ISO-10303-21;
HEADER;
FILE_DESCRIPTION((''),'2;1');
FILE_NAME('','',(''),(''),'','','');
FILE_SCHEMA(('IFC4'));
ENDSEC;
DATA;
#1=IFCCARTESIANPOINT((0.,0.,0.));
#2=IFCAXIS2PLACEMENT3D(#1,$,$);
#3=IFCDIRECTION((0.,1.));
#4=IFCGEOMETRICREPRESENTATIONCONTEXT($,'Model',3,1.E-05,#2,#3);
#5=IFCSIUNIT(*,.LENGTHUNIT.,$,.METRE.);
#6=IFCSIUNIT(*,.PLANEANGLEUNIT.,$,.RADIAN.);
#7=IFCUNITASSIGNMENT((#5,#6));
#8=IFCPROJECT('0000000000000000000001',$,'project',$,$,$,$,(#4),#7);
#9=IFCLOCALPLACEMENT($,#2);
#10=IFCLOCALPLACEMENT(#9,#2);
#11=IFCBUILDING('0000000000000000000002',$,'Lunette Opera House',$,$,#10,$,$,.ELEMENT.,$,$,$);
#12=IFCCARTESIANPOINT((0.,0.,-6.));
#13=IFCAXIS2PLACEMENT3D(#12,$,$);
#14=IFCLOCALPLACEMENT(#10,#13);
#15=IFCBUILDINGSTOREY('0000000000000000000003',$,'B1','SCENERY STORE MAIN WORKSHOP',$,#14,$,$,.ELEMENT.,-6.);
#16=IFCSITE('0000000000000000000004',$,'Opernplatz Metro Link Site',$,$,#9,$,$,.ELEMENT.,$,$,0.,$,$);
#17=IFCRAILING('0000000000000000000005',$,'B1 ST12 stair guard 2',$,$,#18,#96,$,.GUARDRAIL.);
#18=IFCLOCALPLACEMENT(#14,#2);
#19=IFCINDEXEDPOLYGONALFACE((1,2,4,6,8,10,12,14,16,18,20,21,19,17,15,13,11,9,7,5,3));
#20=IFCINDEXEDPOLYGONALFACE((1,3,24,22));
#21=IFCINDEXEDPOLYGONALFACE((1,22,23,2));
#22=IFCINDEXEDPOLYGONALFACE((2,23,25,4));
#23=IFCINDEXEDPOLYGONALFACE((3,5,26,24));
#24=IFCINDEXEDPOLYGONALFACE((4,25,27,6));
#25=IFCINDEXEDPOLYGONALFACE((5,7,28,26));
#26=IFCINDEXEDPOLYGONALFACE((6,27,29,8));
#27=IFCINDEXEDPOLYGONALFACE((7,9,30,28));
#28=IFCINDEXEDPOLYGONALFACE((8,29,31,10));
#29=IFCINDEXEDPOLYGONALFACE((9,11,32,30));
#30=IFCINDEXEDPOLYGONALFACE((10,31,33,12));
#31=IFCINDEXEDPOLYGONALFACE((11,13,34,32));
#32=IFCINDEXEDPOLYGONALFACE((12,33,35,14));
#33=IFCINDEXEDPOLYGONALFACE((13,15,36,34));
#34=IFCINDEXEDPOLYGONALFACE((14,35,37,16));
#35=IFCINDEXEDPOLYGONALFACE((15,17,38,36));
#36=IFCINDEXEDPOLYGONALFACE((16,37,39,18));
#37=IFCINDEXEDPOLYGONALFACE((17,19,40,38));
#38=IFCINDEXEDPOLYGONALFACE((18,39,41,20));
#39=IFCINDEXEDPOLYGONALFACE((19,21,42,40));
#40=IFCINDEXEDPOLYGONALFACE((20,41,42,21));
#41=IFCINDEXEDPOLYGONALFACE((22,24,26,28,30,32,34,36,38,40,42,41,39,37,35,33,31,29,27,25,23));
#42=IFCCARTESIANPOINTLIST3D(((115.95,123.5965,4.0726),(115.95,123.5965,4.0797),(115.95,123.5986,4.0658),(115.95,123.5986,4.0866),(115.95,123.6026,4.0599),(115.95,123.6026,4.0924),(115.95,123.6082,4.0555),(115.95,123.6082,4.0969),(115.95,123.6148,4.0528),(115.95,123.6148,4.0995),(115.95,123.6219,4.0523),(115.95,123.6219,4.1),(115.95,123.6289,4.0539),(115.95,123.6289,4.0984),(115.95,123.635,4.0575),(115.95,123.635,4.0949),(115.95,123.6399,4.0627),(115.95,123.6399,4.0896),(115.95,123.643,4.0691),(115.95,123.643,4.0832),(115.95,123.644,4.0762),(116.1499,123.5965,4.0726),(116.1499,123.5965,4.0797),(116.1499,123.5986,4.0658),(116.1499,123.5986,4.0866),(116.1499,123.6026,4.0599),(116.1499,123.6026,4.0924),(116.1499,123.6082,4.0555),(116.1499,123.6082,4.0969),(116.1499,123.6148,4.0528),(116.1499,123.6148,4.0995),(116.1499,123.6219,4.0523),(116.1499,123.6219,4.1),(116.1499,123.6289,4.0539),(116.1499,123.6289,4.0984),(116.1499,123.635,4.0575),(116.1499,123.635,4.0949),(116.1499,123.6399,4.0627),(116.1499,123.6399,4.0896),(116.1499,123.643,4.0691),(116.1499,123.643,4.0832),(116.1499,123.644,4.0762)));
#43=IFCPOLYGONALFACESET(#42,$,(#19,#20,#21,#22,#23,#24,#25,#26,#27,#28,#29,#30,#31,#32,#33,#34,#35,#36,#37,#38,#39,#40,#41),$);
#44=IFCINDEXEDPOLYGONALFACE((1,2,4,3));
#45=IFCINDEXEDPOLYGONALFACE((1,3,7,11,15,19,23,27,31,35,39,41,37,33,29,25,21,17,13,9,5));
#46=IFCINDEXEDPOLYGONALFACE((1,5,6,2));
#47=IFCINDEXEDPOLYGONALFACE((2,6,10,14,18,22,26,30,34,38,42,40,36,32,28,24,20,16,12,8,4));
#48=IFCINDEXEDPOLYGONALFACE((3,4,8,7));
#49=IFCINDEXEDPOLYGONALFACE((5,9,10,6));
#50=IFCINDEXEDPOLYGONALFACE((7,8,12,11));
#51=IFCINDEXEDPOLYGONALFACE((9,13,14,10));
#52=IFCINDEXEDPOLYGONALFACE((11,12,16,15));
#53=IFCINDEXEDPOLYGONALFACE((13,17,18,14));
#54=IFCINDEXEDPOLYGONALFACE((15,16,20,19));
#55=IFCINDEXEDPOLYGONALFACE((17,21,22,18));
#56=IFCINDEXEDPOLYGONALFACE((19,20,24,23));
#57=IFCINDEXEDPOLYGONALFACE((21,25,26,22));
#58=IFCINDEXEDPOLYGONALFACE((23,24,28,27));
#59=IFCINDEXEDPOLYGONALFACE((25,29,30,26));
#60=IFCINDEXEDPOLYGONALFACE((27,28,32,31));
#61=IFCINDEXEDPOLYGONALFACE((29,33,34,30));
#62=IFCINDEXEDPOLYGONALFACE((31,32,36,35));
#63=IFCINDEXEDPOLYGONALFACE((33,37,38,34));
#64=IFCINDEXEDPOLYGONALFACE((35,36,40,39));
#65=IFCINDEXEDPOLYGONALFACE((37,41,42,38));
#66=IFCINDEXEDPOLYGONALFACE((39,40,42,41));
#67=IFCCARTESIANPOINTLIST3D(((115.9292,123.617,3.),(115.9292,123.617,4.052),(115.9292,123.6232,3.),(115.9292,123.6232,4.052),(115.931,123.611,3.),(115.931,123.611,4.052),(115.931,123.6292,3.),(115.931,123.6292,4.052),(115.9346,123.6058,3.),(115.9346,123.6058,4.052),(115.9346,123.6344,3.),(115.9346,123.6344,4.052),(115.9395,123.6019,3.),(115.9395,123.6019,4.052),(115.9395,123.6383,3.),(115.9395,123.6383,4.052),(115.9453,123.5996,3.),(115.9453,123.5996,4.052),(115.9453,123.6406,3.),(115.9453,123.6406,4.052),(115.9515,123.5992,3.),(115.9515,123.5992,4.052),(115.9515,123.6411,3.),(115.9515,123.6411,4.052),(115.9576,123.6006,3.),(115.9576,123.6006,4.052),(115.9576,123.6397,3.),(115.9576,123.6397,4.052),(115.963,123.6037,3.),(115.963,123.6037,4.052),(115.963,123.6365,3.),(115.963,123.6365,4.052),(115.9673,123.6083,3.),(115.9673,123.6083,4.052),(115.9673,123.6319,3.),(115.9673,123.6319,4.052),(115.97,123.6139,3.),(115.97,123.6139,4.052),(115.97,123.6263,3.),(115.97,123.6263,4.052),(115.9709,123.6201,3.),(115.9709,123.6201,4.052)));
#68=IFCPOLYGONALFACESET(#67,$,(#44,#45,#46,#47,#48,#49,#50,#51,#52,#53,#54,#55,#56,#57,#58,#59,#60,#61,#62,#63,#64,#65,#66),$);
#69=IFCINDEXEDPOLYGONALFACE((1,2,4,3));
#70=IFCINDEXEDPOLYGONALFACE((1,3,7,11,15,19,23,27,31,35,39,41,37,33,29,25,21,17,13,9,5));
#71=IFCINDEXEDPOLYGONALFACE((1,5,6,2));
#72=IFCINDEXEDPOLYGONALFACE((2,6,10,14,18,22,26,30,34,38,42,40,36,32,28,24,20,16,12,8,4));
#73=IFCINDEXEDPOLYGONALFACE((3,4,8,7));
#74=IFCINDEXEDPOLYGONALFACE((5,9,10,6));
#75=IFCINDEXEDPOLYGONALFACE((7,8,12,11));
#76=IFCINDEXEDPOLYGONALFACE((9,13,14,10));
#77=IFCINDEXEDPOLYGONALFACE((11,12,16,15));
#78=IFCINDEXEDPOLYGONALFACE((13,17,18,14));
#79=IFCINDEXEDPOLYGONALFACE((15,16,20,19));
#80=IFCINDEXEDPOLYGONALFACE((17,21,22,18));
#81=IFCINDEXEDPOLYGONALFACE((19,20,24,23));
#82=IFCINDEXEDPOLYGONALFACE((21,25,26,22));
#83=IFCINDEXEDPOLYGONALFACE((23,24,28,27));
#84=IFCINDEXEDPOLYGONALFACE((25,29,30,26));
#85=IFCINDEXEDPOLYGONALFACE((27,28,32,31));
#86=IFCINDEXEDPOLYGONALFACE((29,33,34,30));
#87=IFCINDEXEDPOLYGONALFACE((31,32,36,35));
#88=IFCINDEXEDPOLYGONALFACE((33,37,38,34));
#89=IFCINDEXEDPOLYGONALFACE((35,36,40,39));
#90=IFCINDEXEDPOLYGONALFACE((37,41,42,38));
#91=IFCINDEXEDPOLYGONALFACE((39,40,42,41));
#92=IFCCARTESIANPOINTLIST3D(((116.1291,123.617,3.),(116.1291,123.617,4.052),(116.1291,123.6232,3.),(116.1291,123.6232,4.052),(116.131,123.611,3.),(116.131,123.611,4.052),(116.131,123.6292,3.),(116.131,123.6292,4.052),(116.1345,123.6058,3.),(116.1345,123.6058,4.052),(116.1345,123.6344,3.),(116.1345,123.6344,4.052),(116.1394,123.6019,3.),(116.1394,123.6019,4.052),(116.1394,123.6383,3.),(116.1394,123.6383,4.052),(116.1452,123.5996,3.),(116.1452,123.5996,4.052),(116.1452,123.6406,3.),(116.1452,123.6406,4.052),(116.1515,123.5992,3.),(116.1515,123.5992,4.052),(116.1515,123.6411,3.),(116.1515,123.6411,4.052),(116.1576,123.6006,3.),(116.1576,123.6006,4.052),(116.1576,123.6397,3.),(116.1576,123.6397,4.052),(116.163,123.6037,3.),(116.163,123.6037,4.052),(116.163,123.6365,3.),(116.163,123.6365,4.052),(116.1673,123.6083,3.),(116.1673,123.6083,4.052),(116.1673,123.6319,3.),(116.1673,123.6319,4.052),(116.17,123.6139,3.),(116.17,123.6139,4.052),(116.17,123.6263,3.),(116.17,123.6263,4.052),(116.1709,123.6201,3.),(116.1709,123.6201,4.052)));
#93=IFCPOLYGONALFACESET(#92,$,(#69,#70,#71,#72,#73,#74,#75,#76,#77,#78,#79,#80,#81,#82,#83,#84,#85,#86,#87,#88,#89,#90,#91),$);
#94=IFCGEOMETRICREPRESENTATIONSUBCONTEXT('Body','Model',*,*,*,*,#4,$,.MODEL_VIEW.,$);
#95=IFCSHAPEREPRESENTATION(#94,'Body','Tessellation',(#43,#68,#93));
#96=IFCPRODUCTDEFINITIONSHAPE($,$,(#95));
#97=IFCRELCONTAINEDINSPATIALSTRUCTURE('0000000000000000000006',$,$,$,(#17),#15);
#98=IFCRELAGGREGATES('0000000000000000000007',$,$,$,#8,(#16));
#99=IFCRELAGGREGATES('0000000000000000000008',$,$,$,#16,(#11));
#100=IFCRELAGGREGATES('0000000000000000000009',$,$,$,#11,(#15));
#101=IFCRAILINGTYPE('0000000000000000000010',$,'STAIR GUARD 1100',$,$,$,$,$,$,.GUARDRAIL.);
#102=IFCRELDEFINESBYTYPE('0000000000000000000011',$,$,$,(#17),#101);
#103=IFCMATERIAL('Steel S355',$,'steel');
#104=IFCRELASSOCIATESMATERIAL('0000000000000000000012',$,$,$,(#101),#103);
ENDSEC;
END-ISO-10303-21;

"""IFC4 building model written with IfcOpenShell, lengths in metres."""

from ifc_helpers import new_model, si_unit, direction, frame, origin, origin_2d, place, context, subcontext, project, spatial, circle, extrude, material, type_object, element, save


model = new_model("IFC4")

# Units and contexts
model_context = context("Model", 3, precision=1e-05, world=origin(), true_north=direction((0.0, 1.0)))
body_context = subcontext(model_context, "Body", "Model", "MODEL_VIEW")
ifc_project = project(units=[si_unit("LENGTHUNIT", "METRE"), si_unit("PLANEANGLEUNIT", "RADIAN")], contexts=[model_context])

# Site, building, storey
site_placement = place(None, origin())
site = spatial("IfcSite", under=ifc_project, at=site_placement, Name="Opernplatz Metro Link Site", CompositionType="ELEMENT", RefElevation=0.0)
building_placement = place(site_placement, origin())
building = spatial("IfcBuilding", under=site, at=building_placement, Name="Lunette Opera House", CompositionType="ELEMENT")
storey_placement = place(building_placement, frame((0.0, 0.0, -6.0)))
storey = spatial("IfcBuildingStorey", under=building, at=storey_placement, Name="B1", Description="SCENERY STORE MAIN WORKSHOP", CompositionType="ELEMENT", Elevation=-6.0)

# Railing
ifc_material_1 = material(Name="Steel S355", Category="steel")
railing_type_1 = type_object("IfcRailingType", Name="STAIR GUARD 1100", PredefinedType="GUARDRAIL", material=ifc_material_1)
railing_1_placement = place(storey_placement, frame((115.95, 123.6201, 3.0)))
element("IfcRailing", 1, at=railing_1_placement, inside=storey, type_object=railing_type_1, Name="B1 ST12 stair guard 2", PredefinedType="GUARDRAIL", context=body_context, shape_type="SweptSolid", body=[
    extrude(circle(Radius=0.0239, at=origin_2d()), frame((0.0, 0.0, 1.0762), z_axis=(1.0, 0.0, 0.0), x_axis=(0.0, 1.0, 0.0)), (0.0, 0.0, 1.0), 0.2),
    extrude(circle(Radius=0.021, at=origin_2d()), origin(), (0.0, 0.0, 1.0), 1.052),
    extrude(circle(Radius=0.021, at=origin_2d()), frame((0.2, 0.0, 0.0)), (0.0, 0.0, 1.0), 1.052),
])

save(model, "model.ifc")
